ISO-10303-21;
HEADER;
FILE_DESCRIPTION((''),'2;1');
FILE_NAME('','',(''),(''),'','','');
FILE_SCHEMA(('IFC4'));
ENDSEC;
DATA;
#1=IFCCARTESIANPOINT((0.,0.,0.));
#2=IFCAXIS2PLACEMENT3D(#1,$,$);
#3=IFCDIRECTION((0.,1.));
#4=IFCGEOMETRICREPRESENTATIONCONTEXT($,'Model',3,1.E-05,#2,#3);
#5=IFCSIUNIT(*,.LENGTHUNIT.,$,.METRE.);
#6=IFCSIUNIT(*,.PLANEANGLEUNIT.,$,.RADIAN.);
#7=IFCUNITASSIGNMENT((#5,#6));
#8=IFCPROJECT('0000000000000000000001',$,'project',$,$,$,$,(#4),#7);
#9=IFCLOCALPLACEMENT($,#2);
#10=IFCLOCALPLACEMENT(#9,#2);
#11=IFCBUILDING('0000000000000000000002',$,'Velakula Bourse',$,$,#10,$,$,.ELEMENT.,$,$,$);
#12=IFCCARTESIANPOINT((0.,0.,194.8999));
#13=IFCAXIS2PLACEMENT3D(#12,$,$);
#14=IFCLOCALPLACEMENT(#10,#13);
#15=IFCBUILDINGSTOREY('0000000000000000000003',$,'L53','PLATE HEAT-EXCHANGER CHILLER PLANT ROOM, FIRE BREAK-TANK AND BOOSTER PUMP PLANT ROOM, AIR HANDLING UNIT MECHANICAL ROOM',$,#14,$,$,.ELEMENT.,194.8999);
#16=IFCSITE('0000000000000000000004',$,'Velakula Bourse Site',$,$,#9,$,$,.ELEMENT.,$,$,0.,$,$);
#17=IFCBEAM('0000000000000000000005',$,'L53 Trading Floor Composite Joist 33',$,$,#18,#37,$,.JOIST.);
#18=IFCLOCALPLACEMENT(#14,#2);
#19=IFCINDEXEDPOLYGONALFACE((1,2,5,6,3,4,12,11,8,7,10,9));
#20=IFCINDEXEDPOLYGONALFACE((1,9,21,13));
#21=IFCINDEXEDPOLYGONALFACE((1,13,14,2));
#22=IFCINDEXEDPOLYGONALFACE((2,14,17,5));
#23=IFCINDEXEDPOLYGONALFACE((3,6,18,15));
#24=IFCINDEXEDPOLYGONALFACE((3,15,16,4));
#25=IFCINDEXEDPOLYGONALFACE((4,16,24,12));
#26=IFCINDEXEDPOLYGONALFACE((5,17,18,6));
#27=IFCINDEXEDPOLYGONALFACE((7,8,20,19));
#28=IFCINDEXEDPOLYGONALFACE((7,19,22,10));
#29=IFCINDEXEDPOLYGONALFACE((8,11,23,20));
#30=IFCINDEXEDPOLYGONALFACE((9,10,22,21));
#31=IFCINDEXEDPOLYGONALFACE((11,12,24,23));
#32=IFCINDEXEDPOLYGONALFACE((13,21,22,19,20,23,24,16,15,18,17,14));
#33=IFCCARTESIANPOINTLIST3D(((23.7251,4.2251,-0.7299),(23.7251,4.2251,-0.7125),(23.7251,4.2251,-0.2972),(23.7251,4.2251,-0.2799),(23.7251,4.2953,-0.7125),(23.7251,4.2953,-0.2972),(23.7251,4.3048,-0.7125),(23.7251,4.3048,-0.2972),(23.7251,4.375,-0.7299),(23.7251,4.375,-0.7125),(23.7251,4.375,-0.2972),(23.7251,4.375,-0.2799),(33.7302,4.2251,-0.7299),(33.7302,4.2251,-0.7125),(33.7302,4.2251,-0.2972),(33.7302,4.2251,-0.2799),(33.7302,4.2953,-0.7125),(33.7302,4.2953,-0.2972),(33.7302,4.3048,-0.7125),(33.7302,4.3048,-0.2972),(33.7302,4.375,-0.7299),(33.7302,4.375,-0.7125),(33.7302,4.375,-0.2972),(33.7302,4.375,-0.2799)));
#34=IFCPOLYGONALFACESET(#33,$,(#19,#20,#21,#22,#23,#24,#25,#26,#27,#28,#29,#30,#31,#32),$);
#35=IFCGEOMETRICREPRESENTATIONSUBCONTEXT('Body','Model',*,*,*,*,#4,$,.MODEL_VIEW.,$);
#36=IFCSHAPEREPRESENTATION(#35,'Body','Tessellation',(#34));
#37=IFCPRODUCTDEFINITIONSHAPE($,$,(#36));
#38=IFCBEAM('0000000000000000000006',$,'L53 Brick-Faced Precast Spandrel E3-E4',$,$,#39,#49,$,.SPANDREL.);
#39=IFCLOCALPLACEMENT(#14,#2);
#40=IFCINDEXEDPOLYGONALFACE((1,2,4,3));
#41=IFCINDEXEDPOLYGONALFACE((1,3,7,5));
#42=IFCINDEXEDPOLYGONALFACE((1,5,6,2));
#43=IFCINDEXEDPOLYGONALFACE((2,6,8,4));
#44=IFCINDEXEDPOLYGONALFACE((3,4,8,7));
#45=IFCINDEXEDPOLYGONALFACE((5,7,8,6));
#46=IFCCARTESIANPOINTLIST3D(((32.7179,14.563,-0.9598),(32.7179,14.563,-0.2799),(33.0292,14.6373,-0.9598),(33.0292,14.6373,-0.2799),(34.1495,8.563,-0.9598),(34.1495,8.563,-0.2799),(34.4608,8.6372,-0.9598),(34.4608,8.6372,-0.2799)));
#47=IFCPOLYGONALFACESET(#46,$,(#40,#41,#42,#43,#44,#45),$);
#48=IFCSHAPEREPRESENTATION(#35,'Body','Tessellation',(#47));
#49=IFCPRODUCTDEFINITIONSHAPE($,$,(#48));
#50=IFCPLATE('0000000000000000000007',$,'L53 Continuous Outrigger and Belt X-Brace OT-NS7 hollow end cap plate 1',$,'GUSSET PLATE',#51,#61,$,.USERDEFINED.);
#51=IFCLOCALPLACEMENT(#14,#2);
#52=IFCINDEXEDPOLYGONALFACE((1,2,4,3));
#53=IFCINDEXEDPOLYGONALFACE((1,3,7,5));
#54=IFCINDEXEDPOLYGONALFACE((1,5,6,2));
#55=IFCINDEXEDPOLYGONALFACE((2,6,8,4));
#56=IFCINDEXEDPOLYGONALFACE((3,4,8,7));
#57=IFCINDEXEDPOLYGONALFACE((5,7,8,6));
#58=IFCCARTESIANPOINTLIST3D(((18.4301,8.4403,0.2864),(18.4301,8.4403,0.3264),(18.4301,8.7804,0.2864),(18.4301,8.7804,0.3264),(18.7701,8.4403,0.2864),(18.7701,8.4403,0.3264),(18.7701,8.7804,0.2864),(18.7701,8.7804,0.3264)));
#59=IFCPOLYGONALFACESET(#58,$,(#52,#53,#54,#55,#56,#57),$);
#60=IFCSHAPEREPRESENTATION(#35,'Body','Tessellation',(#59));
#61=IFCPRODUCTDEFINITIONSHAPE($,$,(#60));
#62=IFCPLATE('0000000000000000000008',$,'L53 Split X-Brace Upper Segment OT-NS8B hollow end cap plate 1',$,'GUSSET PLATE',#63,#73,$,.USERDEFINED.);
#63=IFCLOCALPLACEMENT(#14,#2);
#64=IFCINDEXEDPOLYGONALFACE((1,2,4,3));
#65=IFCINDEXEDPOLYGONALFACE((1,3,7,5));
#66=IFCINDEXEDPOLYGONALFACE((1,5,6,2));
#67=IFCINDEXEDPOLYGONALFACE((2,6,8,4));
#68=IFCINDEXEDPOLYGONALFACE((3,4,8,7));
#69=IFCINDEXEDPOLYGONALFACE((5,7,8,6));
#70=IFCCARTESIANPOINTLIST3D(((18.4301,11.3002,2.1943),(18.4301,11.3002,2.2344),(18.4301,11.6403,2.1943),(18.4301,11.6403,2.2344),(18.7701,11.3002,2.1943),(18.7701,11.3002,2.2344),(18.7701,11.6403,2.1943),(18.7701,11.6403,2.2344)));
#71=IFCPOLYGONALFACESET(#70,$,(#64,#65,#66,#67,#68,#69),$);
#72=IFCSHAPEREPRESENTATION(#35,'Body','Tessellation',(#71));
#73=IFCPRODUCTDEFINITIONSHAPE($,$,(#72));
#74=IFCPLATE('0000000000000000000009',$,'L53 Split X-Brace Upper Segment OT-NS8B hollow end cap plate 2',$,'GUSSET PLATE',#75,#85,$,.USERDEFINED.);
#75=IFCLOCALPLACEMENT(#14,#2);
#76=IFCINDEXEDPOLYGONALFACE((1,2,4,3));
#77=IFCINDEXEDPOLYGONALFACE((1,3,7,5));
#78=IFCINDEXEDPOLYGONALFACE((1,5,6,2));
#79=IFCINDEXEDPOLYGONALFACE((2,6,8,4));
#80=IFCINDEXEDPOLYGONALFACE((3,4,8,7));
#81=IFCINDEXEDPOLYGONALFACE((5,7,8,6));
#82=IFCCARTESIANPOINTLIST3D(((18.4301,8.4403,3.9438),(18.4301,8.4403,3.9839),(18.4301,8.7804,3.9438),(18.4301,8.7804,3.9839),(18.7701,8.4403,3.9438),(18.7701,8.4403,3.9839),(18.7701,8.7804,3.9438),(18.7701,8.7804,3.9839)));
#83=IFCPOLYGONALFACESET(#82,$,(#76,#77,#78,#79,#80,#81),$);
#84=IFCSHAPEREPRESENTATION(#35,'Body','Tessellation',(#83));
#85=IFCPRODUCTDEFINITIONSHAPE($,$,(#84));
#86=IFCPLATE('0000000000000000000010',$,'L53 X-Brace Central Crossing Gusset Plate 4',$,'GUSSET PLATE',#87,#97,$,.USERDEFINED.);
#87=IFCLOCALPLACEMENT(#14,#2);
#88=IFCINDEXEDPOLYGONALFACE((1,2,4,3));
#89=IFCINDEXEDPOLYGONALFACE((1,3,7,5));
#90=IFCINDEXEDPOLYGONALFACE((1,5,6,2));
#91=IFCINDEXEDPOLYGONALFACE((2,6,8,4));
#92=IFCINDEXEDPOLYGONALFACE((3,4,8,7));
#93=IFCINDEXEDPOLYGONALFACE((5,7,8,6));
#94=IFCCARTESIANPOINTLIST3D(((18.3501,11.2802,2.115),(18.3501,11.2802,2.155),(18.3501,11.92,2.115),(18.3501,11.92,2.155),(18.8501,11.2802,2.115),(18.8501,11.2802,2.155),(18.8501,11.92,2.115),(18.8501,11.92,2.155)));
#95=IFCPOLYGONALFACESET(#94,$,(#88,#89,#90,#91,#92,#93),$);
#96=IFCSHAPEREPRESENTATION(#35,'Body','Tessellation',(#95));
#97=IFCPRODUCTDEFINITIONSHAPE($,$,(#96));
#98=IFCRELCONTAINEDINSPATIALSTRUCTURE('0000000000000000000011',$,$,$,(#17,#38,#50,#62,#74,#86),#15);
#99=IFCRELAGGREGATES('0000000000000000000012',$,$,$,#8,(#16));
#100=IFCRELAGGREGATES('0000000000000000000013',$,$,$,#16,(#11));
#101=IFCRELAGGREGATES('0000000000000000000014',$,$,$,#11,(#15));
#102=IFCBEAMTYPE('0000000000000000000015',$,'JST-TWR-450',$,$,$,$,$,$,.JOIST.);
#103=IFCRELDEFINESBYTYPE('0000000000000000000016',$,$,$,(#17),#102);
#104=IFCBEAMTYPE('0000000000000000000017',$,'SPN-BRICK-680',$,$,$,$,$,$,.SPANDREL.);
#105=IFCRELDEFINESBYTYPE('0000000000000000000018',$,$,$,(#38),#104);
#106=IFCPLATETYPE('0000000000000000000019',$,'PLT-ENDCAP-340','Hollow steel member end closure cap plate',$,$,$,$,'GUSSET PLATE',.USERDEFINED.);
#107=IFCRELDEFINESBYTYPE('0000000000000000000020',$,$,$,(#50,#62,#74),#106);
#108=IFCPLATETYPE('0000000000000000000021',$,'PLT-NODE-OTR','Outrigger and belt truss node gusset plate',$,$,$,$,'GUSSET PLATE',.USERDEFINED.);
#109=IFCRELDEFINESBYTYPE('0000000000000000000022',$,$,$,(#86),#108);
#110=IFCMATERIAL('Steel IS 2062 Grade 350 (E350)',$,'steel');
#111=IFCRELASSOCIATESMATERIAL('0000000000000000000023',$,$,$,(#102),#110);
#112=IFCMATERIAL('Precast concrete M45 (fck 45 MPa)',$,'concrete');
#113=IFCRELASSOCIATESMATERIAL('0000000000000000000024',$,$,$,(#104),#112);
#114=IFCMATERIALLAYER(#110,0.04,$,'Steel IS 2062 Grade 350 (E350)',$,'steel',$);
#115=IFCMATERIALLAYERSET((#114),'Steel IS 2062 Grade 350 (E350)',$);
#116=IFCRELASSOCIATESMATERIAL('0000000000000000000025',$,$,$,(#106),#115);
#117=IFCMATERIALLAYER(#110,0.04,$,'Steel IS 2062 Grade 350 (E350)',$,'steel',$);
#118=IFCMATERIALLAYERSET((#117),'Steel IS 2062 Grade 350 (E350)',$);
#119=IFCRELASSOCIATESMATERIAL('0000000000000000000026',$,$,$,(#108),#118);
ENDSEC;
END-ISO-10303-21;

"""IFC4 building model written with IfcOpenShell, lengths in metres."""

from ifc_helpers import new_model, si_unit, direction, frame, origin, origin_2d, place, context, subcontext, project, spatial, rectangle, i_section, extrude, material, layer, layer_set, material_profile, profile_set, type_object, element, save


model = new_model("IFC4")

# Units and contexts
model_context = context("Model", 3, precision=1e-05, world=origin(), true_north=direction((0.0, 1.0)))
body_context = subcontext(model_context, "Body", "Model", "MODEL_VIEW")
ifc_project = project(units=[si_unit("LENGTHUNIT", "METRE"), si_unit("PLANEANGLEUNIT", "RADIAN")], contexts=[model_context])

# Site, building, storey
site_placement = place(None, origin())
site = spatial("IfcSite", under=ifc_project, at=site_placement, Name="Velakula Bourse Site", CompositionType="ELEMENT", RefElevation=0.0)
building_placement = place(site_placement, origin())
building = spatial("IfcBuilding", under=site, at=building_placement, Name="Velakula Bourse", CompositionType="ELEMENT")
storey_placement = place(building_placement, frame((0.0, 0.0, 194.8999)))
storey = spatial("IfcBuildingStorey", under=building, at=storey_placement, Name="L53", Description="PLATE HEAT-EXCHANGER CHILLER PLANT ROOM, FIRE BREAK-TANK AND BOOSTER PUMP PLANT ROOM, AIR HANDLING UNIT MECHANICAL ROOM", CompositionType="ELEMENT", Elevation=194.8999)

# Shared definitions
ifc_material_1 = material(Name="Steel IS 2062 Grade 350 (E350)", Category="steel")

# Beams
ifc_material_profile_1 = material_profile(ifc_material_1, i_section(OverallWidth=0.1499, OverallDepth=0.45, WebThickness=0.0095, FlangeThickness=0.0173, at=origin_2d()), Name="Steel IS 2062 Grade 350 (E350)")
ifc_profile_set_1 = profile_set([ifc_material_profile_1], Name="Steel IS 2062 Grade 350 (E350)")
beam_type_1 = type_object("IfcBeamType", Name="JST-TWR-450", PredefinedType="JOIST", material=ifc_profile_set_1)
beam_1_placement = place(storey_placement, frame((23.7251, 4.3, -0.5049), z_axis=(1.0, 0.0, 0.0), x_axis=(0.0, 1.0, 0.0)))
element("IfcBeam", 1, at=beam_1_placement, inside=storey, type_object=beam_type_1, Name="L53 Trading Floor Composite Joist 33", PredefinedType="JOIST", context=body_context, shape_type="SweptSolid", body=[
    extrude(i_section(OverallWidth=0.1499, OverallDepth=0.45, WebThickness=0.0095, FlangeThickness=0.0173, at=origin_2d()), origin(), (0.0, 0.0, 1.0), 10.0051),
])
ifc_material_2 = material(Name="Precast concrete M45 (fck 45 MPa)", Category="concrete")
ifc_material_profile_2 = material_profile(ifc_material_2, rectangle(XDim=0.3201, YDim=0.6799, at=origin_2d()), Name="Precast concrete M45 (fck 45 MPa)")
ifc_profile_set_2 = profile_set([ifc_material_profile_2], Name="Precast concrete M45 (fck 45 MPa)")
beam_type_2 = type_object("IfcBeamType", Name="SPN-BRICK-680", PredefinedType="SPANDREL", material=ifc_profile_set_2)
beam_2_placement = place(storey_placement, frame((34.3052, 8.6001, -0.6199), z_axis=(-0.232091, 0.972694, 0.0), x_axis=(-0.972694, -0.232091, 0.0)))
element("IfcBeam", 2, at=beam_2_placement, inside=storey, type_object=beam_type_2, Name="L53 Brick-Faced Precast Spandrel E3-E4", PredefinedType="SPANDREL", context=body_context, shape_type="SweptSolid", body=[
    extrude(rectangle(XDim=0.3201, YDim=0.6799, at=origin_2d()), origin(), (0.0, 0.0, 1.0), 6.1685),
])

# Plates
ifc_layer_1 = layer(ifc_material_1, 0.04, Name="Steel IS 2062 Grade 350 (E350)", Category="steel")
ifc_layer_set_1 = layer_set([ifc_layer_1], Name="Steel IS 2062 Grade 350 (E350)")
plate_type_1 = type_object("IfcPlateType", Name="PLT-ENDCAP-340", Description="Hollow steel member end closure cap plate", ElementType="GUSSET PLATE", PredefinedType="USERDEFINED", material=ifc_layer_set_1)
for number, where, z_axis, x_axis, name in (
    (3, (18.6001, 8.6104, 0.2864), (0.0, 0.0, 1.0), (0.0, 1.0, 0.0), "L53 Continuous Outrigger and Belt X-Brace OT-NS7 hollow end cap plate 1"),
    (4, (18.6001, 11.4702, 2.1943), (0.0, 0.0, 1.0), (0.0, -1.0, 0.0), "L53 Split X-Brace Upper Segment OT-NS8B hollow end cap plate 1"),
    (5, (18.6001, 8.6104, 3.9438), (0.0, 0.0, 1.0), (0.0, -1.0, 0.0), "L53 Split X-Brace Upper Segment OT-NS8B hollow end cap plate 2"),
):
    element("IfcPlate", number, at=place(storey_placement, frame(where, z_axis=z_axis, x_axis=x_axis)), inside=storey, type_object=plate_type_1, Name=name, ObjectType="GUSSET PLATE", PredefinedType="USERDEFINED", context=body_context, shape_type="SweptSolid", body=[
        extrude(rectangle(XDim=0.3401, YDim=0.3401, at=origin_2d()), origin(), (0.0, 0.0, 1.0), 0.04),
    ])
ifc_layer_2 = layer(ifc_material_1, 0.04, Name="Steel IS 2062 Grade 350 (E350)", Category="steel")
ifc_layer_set_2 = layer_set([ifc_layer_2], Name="Steel IS 2062 Grade 350 (E350)")
plate_type_2 = type_object("IfcPlateType", Name="PLT-NODE-OTR", Description="Outrigger and belt truss node gusset plate", ElementType="GUSSET PLATE", PredefinedType="USERDEFINED", material=ifc_layer_set_2)
plate_placement = place(storey_placement, frame((18.6001, 11.6001, 2.115), z_axis=(0.0, 0.0, 1.0), x_axis=(0.0, 1.0, 0.0)))
element("IfcPlate", 6, at=plate_placement, inside=storey, type_object=plate_type_2, Name="L53 X-Brace Central Crossing Gusset Plate 4", ObjectType="GUSSET PLATE", PredefinedType="USERDEFINED", context=body_context, shape_type="SweptSolid", body=[
    extrude(rectangle(XDim=0.6399, YDim=0.5, at=origin_2d()), origin(), (0.0, 0.0, 1.0), 0.04),
])

save(model, "model.ifc")
